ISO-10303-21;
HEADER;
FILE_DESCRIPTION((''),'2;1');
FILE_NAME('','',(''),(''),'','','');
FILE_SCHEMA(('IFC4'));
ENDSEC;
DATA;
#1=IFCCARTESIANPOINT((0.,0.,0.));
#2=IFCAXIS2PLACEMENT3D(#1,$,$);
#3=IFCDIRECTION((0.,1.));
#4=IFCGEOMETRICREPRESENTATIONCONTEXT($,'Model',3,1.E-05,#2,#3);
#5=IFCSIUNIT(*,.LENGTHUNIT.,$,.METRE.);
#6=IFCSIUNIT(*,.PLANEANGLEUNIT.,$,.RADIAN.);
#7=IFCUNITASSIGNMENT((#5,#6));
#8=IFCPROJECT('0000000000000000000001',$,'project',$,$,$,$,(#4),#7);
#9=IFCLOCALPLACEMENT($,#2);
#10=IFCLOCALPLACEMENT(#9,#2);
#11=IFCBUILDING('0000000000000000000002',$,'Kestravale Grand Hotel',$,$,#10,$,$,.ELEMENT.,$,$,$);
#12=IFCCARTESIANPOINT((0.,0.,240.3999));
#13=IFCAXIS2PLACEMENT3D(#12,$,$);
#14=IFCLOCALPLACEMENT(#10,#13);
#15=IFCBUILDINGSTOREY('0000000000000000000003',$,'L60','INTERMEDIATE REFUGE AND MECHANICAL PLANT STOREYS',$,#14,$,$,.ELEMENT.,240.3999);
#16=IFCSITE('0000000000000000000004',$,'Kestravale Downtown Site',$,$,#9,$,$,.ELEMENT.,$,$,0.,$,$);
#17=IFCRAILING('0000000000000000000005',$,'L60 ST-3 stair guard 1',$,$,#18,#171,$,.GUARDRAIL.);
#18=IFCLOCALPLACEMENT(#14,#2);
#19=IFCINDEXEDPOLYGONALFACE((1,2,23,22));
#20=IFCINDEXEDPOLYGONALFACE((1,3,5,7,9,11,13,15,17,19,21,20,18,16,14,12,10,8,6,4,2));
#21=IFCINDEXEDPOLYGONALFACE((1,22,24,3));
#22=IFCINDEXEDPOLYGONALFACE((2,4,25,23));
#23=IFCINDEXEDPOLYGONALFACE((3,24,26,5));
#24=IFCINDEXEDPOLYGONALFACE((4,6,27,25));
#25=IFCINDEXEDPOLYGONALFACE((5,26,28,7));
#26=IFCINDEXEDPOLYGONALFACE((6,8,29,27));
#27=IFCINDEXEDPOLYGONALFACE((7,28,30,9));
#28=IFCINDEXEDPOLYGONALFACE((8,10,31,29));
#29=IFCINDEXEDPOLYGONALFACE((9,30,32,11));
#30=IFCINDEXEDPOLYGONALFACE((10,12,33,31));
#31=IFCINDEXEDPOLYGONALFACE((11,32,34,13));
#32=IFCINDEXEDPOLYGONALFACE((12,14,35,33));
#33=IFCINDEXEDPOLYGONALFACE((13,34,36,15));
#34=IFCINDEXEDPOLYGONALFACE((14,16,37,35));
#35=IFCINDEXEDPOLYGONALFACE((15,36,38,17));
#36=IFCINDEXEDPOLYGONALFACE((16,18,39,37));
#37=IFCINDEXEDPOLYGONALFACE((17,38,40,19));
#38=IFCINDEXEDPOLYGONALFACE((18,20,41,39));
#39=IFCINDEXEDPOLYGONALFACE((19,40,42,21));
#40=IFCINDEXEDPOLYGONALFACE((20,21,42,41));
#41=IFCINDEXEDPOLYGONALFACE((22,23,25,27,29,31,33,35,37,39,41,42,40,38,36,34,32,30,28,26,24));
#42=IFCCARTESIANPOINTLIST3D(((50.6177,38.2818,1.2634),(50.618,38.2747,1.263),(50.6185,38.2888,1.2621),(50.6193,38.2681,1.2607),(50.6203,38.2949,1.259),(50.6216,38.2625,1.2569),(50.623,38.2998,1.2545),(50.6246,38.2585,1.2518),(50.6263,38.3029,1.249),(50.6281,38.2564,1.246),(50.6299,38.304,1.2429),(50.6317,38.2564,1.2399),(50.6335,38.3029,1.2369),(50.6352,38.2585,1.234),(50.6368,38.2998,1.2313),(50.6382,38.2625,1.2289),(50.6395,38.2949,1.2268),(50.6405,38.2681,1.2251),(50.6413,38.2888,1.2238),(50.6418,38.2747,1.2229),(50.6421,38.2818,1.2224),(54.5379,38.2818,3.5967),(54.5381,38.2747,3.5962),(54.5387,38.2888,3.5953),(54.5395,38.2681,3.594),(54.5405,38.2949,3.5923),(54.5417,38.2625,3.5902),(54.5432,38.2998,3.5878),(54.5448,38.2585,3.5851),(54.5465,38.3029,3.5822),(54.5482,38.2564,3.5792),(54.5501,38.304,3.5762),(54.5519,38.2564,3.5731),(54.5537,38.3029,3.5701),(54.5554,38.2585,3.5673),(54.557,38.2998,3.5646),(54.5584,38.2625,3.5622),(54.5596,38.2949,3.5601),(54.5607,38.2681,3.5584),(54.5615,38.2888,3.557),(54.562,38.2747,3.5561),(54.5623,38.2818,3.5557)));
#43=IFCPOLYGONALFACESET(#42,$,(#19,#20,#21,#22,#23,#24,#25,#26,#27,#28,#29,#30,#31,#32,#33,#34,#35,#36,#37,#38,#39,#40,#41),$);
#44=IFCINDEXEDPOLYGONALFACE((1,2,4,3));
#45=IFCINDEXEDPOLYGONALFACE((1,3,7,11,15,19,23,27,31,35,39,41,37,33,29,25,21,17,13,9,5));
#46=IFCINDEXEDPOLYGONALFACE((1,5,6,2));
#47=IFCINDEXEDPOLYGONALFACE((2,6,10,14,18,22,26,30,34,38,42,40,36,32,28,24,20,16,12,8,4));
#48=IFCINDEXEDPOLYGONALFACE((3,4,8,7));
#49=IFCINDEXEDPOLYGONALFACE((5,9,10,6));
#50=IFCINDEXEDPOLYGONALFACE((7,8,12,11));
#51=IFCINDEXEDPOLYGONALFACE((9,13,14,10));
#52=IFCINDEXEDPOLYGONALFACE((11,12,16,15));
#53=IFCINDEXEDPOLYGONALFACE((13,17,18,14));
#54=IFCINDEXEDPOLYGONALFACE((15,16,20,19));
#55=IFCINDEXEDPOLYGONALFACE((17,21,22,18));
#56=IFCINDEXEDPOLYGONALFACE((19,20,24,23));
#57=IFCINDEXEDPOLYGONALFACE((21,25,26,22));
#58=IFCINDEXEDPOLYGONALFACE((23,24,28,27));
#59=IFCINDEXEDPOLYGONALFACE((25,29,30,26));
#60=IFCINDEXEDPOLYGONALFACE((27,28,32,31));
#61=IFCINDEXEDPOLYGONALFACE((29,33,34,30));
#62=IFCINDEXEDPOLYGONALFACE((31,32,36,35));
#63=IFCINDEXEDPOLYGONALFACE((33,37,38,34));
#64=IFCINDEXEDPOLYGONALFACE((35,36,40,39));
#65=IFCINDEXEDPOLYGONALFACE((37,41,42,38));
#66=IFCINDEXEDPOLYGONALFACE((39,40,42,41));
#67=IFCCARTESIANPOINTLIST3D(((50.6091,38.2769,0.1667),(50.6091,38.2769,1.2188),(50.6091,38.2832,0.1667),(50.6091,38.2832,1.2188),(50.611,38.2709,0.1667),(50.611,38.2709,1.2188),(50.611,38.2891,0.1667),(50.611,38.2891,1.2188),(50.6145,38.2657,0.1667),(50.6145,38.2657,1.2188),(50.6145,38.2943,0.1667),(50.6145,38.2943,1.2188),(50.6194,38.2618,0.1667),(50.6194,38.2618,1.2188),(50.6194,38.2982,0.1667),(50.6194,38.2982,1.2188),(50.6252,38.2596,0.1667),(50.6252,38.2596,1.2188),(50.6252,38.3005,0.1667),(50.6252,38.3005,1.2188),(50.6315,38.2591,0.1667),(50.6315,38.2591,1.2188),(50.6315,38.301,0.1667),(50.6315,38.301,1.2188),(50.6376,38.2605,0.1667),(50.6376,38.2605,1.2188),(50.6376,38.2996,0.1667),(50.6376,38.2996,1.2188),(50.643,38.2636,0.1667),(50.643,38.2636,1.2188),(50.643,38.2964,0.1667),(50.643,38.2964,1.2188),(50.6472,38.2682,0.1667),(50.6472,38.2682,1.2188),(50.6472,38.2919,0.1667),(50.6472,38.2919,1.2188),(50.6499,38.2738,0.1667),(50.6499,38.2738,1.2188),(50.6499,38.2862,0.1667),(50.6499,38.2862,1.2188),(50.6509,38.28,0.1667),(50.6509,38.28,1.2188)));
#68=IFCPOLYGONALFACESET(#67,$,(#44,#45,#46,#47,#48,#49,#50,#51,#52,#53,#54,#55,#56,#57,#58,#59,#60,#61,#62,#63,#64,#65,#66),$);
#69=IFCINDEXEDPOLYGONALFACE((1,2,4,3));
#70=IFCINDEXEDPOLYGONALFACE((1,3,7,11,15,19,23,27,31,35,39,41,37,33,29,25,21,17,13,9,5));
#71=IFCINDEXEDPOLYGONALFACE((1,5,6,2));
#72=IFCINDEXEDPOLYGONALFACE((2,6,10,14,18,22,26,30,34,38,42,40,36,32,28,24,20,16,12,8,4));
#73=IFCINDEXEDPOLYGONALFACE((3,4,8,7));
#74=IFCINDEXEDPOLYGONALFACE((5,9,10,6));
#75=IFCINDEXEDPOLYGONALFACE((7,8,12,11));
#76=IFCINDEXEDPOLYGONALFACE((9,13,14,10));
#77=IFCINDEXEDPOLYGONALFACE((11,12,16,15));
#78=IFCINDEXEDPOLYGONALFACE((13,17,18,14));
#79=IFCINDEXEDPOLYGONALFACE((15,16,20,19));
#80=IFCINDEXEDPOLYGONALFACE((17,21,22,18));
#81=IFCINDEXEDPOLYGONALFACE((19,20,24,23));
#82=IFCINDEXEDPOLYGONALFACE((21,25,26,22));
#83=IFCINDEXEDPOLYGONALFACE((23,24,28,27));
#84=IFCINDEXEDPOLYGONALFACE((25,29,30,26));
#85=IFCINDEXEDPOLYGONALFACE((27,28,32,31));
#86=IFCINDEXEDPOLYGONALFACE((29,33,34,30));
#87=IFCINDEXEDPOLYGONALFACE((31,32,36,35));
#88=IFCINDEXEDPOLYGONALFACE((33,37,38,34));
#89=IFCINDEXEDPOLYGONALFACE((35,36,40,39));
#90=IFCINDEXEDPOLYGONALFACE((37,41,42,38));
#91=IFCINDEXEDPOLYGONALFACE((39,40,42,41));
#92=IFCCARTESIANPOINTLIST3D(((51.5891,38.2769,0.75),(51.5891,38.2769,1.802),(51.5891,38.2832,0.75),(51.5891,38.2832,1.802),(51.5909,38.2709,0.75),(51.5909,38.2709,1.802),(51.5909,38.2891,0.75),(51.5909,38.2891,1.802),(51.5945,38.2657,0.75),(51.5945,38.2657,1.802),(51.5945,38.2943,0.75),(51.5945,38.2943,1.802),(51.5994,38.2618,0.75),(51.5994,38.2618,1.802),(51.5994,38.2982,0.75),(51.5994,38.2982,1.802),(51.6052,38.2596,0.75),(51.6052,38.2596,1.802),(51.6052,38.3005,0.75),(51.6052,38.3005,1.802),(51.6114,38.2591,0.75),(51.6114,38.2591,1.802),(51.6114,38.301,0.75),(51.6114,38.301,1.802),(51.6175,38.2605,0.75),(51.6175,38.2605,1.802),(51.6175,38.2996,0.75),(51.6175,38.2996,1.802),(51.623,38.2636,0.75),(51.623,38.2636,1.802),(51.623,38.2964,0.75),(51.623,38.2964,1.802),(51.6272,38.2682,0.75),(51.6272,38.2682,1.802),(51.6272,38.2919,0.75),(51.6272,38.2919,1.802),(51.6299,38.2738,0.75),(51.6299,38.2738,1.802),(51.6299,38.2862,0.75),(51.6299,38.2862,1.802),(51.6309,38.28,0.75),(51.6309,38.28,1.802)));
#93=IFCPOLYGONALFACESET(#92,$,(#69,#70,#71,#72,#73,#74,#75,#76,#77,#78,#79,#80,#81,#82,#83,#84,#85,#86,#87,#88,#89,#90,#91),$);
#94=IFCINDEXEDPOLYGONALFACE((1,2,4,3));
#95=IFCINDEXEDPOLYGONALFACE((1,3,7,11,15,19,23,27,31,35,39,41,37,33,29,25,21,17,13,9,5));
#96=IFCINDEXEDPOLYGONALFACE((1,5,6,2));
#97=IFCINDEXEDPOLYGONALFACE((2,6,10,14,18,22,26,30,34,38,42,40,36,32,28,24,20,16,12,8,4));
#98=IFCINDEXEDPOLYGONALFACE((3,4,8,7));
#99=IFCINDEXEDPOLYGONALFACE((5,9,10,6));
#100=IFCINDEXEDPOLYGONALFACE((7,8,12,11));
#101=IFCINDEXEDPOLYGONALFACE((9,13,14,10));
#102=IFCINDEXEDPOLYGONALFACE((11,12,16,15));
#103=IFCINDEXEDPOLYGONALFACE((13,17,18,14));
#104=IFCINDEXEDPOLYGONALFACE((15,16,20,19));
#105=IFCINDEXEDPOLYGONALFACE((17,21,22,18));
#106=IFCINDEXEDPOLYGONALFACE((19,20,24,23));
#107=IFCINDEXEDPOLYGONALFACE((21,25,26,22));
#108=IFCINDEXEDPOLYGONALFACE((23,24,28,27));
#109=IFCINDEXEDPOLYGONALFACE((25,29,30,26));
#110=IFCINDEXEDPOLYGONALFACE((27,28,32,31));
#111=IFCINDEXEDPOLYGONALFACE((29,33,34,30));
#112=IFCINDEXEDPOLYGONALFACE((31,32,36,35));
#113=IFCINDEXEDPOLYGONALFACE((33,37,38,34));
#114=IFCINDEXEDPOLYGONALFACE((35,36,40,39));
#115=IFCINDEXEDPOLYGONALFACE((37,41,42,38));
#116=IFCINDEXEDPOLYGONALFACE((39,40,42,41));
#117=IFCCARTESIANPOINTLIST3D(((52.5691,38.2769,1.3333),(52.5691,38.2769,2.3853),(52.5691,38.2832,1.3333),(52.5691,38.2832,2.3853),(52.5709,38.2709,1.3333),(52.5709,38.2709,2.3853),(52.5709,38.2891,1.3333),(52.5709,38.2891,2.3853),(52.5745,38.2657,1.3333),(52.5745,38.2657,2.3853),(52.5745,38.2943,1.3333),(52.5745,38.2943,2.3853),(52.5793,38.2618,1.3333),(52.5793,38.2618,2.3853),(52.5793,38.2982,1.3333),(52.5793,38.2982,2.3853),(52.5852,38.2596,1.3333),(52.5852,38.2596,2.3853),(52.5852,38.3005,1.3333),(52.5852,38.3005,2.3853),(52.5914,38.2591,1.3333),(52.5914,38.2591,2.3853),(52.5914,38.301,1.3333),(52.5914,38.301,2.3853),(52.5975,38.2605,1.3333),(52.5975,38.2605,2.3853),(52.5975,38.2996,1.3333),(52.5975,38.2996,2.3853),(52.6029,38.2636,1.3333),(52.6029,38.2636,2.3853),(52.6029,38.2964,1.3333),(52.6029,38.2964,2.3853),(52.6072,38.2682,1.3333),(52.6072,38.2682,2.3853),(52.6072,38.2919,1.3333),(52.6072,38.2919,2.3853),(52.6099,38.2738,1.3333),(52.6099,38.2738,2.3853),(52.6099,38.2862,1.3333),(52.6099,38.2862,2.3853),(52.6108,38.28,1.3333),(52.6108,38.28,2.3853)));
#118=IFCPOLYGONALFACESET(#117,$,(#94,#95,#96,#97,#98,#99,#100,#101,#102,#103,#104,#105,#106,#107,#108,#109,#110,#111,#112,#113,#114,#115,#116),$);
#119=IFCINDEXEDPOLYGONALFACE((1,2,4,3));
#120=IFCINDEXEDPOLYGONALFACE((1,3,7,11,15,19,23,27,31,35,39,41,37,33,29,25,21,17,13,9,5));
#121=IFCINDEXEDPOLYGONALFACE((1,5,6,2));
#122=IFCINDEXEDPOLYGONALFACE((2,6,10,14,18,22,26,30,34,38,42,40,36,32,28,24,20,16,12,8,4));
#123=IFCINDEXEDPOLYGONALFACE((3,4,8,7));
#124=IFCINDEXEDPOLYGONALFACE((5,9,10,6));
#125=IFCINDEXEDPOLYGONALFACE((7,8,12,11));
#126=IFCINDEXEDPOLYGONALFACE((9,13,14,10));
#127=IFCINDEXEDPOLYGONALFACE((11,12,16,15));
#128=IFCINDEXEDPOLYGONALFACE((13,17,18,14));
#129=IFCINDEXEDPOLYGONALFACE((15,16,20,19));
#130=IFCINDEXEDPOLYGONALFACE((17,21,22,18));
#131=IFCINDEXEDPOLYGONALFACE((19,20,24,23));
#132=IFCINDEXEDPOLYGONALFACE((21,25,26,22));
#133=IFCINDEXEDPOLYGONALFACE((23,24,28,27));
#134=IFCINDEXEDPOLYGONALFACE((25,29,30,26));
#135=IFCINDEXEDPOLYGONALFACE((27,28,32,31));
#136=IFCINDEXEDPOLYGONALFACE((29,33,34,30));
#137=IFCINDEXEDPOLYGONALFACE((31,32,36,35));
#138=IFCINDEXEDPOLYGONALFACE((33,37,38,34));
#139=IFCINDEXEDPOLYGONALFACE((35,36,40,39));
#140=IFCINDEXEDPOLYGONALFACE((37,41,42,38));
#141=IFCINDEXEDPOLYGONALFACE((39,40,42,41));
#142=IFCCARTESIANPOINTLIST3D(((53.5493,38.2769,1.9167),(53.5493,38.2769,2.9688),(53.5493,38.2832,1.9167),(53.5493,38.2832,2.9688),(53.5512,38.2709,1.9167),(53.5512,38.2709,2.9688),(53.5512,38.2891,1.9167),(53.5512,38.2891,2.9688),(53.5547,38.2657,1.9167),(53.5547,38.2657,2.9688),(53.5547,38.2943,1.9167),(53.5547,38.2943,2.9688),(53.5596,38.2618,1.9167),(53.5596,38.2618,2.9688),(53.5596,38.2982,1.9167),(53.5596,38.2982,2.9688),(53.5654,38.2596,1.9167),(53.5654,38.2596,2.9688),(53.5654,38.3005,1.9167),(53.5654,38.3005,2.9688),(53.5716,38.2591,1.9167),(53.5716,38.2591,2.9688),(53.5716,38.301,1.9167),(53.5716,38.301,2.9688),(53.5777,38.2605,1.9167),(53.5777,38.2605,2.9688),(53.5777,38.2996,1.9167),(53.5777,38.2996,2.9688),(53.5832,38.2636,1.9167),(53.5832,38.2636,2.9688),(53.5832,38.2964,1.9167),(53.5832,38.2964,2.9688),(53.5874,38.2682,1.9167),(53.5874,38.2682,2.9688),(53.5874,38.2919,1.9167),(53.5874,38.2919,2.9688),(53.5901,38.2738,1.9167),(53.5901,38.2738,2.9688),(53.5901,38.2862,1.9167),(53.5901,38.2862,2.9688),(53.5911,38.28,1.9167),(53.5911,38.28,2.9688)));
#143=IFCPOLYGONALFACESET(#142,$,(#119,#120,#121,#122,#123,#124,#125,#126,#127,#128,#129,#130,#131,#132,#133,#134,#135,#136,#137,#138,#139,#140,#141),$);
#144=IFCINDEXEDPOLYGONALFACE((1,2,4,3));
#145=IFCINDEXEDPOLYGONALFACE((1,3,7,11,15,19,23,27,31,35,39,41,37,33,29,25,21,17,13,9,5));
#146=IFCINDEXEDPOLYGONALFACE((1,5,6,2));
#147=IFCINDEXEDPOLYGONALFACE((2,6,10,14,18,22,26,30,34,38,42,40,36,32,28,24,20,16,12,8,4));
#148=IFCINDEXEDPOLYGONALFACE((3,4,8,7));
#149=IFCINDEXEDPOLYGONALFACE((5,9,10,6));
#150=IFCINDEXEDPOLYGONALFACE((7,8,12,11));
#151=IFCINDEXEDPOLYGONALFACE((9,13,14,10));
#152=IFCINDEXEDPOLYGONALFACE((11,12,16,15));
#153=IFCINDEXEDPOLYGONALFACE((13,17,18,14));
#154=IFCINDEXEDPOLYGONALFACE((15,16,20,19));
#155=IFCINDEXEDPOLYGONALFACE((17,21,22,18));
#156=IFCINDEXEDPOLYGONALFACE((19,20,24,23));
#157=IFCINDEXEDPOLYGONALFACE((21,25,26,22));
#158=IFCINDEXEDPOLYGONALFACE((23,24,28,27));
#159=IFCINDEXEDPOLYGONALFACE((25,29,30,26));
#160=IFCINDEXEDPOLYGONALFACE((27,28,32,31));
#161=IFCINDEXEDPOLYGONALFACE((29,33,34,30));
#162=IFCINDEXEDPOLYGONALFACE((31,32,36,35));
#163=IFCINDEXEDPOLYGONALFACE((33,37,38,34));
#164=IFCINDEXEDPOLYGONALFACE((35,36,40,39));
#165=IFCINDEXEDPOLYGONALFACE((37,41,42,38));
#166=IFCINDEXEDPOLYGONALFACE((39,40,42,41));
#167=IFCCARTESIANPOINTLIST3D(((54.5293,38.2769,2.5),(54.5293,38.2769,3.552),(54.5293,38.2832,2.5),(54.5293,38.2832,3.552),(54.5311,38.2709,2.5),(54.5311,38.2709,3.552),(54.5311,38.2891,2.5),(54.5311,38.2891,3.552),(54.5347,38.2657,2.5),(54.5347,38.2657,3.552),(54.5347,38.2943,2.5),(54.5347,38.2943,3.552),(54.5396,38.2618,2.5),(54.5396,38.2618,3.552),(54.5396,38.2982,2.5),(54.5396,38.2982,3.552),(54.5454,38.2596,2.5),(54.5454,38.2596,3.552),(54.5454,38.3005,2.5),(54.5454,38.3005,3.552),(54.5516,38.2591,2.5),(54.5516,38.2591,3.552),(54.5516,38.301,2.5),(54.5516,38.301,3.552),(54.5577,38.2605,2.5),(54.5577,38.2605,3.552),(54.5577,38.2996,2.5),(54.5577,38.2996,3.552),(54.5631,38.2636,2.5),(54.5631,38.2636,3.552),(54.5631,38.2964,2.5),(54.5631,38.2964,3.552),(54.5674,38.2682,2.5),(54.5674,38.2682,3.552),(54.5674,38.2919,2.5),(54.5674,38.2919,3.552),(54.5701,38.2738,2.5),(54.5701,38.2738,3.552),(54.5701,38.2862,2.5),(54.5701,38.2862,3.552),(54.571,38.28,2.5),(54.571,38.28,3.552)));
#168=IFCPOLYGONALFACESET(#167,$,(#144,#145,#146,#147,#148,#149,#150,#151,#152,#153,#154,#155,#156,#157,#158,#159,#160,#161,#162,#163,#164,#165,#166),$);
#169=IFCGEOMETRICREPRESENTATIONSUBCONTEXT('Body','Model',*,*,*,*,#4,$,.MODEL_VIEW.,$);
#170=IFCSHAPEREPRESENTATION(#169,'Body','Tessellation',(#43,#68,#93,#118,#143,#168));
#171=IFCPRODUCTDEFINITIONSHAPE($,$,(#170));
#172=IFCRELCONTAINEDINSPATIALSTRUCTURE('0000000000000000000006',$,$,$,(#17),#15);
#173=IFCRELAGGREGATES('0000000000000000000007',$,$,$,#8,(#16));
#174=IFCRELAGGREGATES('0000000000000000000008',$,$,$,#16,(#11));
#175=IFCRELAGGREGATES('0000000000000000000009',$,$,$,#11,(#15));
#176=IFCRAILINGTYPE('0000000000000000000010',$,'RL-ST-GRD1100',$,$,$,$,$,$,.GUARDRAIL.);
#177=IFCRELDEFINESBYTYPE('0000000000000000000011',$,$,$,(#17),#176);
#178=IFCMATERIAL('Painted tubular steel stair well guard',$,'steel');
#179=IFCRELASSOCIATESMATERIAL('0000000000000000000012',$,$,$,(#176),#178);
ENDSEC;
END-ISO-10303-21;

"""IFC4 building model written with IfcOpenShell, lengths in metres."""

from ifc_helpers import new_model, si_unit, direction, frame, origin, origin_2d, place, context, subcontext, project, spatial, circle, extrude, material, type_object, element, save


model = new_model("IFC4")

# Units and contexts
model_context = context("Model", 3, precision=1e-05, world=origin(), true_north=direction((0.0, 1.0)))
body_context = subcontext(model_context, "Body", "Model", "MODEL_VIEW")
ifc_project = project(units=[si_unit("LENGTHUNIT", "METRE"), si_unit("PLANEANGLEUNIT", "RADIAN")], contexts=[model_context])

# Site, building, storey
site_placement = place(None, origin())
site = spatial("IfcSite", under=ifc_project, at=site_placement, Name="Kestravale Downtown Site", CompositionType="ELEMENT", RefElevation=0.0)
building_placement = place(site_placement, origin())
building = spatial("IfcBuilding", under=site, at=building_placement, Name="Kestravale Grand Hotel", CompositionType="ELEMENT")
storey_placement = place(building_placement, frame((0.0, 0.0, 240.3999)))
storey = spatial("IfcBuildingStorey", under=building, at=storey_placement, Name="L60", Description="INTERMEDIATE REFUGE AND MECHANICAL PLANT STOREYS", CompositionType="ELEMENT", Elevation=240.3999)

# Railing
ifc_material_1 = material(Name="Painted tubular steel stair well guard", Category="steel")
railing_type_1 = type_object("IfcRailingType", Name="RL-ST-GRD1100", PredefinedType="GUARDRAIL", material=ifc_material_1)
railing_1_placement = place(storey_placement, frame((50.6299, 38.28, 0.1667)))
element("IfcRailing", 1, at=railing_1_placement, inside=storey, type_object=railing_type_1, Name="L60 ST-3 stair guard 1", PredefinedType="GUARDRAIL", context=body_context, shape_type="SweptSolid", body=[
    extrude(circle(Radius=0.0239, at=origin_2d()), frame((0.0, 0.0, 1.0762), z_axis=(0.85931, 0.0, 0.511455), x_axis=(0.0, 1.0, 0.0)), (0.0, 0.0, 1.0), 4.562),
    extrude(circle(Radius=0.021, at=origin_2d()), origin(), (0.0, 0.0, 1.0), 1.052),
    extrude(circle(Radius=0.021, at=origin_2d()), frame((0.98, 0.0, 0.5833)), (0.0, 0.0, 1.0), 1.052),
    extrude(circle(Radius=0.021, at=origin_2d()), frame((1.96, 0.0, 1.1665)), (0.0, 0.0, 1.0), 1.052),
    extrude(circle(Radius=0.021, at=origin_2d()), frame((2.9402, 0.0, 1.75)), (0.0, 0.0, 1.0), 1.052),
    extrude(circle(Radius=0.021, at=origin_2d()), frame((3.9202, 0.0, 2.3333)), (0.0, 0.0, 1.0), 1.052),
])

save(model, "model.ifc")
